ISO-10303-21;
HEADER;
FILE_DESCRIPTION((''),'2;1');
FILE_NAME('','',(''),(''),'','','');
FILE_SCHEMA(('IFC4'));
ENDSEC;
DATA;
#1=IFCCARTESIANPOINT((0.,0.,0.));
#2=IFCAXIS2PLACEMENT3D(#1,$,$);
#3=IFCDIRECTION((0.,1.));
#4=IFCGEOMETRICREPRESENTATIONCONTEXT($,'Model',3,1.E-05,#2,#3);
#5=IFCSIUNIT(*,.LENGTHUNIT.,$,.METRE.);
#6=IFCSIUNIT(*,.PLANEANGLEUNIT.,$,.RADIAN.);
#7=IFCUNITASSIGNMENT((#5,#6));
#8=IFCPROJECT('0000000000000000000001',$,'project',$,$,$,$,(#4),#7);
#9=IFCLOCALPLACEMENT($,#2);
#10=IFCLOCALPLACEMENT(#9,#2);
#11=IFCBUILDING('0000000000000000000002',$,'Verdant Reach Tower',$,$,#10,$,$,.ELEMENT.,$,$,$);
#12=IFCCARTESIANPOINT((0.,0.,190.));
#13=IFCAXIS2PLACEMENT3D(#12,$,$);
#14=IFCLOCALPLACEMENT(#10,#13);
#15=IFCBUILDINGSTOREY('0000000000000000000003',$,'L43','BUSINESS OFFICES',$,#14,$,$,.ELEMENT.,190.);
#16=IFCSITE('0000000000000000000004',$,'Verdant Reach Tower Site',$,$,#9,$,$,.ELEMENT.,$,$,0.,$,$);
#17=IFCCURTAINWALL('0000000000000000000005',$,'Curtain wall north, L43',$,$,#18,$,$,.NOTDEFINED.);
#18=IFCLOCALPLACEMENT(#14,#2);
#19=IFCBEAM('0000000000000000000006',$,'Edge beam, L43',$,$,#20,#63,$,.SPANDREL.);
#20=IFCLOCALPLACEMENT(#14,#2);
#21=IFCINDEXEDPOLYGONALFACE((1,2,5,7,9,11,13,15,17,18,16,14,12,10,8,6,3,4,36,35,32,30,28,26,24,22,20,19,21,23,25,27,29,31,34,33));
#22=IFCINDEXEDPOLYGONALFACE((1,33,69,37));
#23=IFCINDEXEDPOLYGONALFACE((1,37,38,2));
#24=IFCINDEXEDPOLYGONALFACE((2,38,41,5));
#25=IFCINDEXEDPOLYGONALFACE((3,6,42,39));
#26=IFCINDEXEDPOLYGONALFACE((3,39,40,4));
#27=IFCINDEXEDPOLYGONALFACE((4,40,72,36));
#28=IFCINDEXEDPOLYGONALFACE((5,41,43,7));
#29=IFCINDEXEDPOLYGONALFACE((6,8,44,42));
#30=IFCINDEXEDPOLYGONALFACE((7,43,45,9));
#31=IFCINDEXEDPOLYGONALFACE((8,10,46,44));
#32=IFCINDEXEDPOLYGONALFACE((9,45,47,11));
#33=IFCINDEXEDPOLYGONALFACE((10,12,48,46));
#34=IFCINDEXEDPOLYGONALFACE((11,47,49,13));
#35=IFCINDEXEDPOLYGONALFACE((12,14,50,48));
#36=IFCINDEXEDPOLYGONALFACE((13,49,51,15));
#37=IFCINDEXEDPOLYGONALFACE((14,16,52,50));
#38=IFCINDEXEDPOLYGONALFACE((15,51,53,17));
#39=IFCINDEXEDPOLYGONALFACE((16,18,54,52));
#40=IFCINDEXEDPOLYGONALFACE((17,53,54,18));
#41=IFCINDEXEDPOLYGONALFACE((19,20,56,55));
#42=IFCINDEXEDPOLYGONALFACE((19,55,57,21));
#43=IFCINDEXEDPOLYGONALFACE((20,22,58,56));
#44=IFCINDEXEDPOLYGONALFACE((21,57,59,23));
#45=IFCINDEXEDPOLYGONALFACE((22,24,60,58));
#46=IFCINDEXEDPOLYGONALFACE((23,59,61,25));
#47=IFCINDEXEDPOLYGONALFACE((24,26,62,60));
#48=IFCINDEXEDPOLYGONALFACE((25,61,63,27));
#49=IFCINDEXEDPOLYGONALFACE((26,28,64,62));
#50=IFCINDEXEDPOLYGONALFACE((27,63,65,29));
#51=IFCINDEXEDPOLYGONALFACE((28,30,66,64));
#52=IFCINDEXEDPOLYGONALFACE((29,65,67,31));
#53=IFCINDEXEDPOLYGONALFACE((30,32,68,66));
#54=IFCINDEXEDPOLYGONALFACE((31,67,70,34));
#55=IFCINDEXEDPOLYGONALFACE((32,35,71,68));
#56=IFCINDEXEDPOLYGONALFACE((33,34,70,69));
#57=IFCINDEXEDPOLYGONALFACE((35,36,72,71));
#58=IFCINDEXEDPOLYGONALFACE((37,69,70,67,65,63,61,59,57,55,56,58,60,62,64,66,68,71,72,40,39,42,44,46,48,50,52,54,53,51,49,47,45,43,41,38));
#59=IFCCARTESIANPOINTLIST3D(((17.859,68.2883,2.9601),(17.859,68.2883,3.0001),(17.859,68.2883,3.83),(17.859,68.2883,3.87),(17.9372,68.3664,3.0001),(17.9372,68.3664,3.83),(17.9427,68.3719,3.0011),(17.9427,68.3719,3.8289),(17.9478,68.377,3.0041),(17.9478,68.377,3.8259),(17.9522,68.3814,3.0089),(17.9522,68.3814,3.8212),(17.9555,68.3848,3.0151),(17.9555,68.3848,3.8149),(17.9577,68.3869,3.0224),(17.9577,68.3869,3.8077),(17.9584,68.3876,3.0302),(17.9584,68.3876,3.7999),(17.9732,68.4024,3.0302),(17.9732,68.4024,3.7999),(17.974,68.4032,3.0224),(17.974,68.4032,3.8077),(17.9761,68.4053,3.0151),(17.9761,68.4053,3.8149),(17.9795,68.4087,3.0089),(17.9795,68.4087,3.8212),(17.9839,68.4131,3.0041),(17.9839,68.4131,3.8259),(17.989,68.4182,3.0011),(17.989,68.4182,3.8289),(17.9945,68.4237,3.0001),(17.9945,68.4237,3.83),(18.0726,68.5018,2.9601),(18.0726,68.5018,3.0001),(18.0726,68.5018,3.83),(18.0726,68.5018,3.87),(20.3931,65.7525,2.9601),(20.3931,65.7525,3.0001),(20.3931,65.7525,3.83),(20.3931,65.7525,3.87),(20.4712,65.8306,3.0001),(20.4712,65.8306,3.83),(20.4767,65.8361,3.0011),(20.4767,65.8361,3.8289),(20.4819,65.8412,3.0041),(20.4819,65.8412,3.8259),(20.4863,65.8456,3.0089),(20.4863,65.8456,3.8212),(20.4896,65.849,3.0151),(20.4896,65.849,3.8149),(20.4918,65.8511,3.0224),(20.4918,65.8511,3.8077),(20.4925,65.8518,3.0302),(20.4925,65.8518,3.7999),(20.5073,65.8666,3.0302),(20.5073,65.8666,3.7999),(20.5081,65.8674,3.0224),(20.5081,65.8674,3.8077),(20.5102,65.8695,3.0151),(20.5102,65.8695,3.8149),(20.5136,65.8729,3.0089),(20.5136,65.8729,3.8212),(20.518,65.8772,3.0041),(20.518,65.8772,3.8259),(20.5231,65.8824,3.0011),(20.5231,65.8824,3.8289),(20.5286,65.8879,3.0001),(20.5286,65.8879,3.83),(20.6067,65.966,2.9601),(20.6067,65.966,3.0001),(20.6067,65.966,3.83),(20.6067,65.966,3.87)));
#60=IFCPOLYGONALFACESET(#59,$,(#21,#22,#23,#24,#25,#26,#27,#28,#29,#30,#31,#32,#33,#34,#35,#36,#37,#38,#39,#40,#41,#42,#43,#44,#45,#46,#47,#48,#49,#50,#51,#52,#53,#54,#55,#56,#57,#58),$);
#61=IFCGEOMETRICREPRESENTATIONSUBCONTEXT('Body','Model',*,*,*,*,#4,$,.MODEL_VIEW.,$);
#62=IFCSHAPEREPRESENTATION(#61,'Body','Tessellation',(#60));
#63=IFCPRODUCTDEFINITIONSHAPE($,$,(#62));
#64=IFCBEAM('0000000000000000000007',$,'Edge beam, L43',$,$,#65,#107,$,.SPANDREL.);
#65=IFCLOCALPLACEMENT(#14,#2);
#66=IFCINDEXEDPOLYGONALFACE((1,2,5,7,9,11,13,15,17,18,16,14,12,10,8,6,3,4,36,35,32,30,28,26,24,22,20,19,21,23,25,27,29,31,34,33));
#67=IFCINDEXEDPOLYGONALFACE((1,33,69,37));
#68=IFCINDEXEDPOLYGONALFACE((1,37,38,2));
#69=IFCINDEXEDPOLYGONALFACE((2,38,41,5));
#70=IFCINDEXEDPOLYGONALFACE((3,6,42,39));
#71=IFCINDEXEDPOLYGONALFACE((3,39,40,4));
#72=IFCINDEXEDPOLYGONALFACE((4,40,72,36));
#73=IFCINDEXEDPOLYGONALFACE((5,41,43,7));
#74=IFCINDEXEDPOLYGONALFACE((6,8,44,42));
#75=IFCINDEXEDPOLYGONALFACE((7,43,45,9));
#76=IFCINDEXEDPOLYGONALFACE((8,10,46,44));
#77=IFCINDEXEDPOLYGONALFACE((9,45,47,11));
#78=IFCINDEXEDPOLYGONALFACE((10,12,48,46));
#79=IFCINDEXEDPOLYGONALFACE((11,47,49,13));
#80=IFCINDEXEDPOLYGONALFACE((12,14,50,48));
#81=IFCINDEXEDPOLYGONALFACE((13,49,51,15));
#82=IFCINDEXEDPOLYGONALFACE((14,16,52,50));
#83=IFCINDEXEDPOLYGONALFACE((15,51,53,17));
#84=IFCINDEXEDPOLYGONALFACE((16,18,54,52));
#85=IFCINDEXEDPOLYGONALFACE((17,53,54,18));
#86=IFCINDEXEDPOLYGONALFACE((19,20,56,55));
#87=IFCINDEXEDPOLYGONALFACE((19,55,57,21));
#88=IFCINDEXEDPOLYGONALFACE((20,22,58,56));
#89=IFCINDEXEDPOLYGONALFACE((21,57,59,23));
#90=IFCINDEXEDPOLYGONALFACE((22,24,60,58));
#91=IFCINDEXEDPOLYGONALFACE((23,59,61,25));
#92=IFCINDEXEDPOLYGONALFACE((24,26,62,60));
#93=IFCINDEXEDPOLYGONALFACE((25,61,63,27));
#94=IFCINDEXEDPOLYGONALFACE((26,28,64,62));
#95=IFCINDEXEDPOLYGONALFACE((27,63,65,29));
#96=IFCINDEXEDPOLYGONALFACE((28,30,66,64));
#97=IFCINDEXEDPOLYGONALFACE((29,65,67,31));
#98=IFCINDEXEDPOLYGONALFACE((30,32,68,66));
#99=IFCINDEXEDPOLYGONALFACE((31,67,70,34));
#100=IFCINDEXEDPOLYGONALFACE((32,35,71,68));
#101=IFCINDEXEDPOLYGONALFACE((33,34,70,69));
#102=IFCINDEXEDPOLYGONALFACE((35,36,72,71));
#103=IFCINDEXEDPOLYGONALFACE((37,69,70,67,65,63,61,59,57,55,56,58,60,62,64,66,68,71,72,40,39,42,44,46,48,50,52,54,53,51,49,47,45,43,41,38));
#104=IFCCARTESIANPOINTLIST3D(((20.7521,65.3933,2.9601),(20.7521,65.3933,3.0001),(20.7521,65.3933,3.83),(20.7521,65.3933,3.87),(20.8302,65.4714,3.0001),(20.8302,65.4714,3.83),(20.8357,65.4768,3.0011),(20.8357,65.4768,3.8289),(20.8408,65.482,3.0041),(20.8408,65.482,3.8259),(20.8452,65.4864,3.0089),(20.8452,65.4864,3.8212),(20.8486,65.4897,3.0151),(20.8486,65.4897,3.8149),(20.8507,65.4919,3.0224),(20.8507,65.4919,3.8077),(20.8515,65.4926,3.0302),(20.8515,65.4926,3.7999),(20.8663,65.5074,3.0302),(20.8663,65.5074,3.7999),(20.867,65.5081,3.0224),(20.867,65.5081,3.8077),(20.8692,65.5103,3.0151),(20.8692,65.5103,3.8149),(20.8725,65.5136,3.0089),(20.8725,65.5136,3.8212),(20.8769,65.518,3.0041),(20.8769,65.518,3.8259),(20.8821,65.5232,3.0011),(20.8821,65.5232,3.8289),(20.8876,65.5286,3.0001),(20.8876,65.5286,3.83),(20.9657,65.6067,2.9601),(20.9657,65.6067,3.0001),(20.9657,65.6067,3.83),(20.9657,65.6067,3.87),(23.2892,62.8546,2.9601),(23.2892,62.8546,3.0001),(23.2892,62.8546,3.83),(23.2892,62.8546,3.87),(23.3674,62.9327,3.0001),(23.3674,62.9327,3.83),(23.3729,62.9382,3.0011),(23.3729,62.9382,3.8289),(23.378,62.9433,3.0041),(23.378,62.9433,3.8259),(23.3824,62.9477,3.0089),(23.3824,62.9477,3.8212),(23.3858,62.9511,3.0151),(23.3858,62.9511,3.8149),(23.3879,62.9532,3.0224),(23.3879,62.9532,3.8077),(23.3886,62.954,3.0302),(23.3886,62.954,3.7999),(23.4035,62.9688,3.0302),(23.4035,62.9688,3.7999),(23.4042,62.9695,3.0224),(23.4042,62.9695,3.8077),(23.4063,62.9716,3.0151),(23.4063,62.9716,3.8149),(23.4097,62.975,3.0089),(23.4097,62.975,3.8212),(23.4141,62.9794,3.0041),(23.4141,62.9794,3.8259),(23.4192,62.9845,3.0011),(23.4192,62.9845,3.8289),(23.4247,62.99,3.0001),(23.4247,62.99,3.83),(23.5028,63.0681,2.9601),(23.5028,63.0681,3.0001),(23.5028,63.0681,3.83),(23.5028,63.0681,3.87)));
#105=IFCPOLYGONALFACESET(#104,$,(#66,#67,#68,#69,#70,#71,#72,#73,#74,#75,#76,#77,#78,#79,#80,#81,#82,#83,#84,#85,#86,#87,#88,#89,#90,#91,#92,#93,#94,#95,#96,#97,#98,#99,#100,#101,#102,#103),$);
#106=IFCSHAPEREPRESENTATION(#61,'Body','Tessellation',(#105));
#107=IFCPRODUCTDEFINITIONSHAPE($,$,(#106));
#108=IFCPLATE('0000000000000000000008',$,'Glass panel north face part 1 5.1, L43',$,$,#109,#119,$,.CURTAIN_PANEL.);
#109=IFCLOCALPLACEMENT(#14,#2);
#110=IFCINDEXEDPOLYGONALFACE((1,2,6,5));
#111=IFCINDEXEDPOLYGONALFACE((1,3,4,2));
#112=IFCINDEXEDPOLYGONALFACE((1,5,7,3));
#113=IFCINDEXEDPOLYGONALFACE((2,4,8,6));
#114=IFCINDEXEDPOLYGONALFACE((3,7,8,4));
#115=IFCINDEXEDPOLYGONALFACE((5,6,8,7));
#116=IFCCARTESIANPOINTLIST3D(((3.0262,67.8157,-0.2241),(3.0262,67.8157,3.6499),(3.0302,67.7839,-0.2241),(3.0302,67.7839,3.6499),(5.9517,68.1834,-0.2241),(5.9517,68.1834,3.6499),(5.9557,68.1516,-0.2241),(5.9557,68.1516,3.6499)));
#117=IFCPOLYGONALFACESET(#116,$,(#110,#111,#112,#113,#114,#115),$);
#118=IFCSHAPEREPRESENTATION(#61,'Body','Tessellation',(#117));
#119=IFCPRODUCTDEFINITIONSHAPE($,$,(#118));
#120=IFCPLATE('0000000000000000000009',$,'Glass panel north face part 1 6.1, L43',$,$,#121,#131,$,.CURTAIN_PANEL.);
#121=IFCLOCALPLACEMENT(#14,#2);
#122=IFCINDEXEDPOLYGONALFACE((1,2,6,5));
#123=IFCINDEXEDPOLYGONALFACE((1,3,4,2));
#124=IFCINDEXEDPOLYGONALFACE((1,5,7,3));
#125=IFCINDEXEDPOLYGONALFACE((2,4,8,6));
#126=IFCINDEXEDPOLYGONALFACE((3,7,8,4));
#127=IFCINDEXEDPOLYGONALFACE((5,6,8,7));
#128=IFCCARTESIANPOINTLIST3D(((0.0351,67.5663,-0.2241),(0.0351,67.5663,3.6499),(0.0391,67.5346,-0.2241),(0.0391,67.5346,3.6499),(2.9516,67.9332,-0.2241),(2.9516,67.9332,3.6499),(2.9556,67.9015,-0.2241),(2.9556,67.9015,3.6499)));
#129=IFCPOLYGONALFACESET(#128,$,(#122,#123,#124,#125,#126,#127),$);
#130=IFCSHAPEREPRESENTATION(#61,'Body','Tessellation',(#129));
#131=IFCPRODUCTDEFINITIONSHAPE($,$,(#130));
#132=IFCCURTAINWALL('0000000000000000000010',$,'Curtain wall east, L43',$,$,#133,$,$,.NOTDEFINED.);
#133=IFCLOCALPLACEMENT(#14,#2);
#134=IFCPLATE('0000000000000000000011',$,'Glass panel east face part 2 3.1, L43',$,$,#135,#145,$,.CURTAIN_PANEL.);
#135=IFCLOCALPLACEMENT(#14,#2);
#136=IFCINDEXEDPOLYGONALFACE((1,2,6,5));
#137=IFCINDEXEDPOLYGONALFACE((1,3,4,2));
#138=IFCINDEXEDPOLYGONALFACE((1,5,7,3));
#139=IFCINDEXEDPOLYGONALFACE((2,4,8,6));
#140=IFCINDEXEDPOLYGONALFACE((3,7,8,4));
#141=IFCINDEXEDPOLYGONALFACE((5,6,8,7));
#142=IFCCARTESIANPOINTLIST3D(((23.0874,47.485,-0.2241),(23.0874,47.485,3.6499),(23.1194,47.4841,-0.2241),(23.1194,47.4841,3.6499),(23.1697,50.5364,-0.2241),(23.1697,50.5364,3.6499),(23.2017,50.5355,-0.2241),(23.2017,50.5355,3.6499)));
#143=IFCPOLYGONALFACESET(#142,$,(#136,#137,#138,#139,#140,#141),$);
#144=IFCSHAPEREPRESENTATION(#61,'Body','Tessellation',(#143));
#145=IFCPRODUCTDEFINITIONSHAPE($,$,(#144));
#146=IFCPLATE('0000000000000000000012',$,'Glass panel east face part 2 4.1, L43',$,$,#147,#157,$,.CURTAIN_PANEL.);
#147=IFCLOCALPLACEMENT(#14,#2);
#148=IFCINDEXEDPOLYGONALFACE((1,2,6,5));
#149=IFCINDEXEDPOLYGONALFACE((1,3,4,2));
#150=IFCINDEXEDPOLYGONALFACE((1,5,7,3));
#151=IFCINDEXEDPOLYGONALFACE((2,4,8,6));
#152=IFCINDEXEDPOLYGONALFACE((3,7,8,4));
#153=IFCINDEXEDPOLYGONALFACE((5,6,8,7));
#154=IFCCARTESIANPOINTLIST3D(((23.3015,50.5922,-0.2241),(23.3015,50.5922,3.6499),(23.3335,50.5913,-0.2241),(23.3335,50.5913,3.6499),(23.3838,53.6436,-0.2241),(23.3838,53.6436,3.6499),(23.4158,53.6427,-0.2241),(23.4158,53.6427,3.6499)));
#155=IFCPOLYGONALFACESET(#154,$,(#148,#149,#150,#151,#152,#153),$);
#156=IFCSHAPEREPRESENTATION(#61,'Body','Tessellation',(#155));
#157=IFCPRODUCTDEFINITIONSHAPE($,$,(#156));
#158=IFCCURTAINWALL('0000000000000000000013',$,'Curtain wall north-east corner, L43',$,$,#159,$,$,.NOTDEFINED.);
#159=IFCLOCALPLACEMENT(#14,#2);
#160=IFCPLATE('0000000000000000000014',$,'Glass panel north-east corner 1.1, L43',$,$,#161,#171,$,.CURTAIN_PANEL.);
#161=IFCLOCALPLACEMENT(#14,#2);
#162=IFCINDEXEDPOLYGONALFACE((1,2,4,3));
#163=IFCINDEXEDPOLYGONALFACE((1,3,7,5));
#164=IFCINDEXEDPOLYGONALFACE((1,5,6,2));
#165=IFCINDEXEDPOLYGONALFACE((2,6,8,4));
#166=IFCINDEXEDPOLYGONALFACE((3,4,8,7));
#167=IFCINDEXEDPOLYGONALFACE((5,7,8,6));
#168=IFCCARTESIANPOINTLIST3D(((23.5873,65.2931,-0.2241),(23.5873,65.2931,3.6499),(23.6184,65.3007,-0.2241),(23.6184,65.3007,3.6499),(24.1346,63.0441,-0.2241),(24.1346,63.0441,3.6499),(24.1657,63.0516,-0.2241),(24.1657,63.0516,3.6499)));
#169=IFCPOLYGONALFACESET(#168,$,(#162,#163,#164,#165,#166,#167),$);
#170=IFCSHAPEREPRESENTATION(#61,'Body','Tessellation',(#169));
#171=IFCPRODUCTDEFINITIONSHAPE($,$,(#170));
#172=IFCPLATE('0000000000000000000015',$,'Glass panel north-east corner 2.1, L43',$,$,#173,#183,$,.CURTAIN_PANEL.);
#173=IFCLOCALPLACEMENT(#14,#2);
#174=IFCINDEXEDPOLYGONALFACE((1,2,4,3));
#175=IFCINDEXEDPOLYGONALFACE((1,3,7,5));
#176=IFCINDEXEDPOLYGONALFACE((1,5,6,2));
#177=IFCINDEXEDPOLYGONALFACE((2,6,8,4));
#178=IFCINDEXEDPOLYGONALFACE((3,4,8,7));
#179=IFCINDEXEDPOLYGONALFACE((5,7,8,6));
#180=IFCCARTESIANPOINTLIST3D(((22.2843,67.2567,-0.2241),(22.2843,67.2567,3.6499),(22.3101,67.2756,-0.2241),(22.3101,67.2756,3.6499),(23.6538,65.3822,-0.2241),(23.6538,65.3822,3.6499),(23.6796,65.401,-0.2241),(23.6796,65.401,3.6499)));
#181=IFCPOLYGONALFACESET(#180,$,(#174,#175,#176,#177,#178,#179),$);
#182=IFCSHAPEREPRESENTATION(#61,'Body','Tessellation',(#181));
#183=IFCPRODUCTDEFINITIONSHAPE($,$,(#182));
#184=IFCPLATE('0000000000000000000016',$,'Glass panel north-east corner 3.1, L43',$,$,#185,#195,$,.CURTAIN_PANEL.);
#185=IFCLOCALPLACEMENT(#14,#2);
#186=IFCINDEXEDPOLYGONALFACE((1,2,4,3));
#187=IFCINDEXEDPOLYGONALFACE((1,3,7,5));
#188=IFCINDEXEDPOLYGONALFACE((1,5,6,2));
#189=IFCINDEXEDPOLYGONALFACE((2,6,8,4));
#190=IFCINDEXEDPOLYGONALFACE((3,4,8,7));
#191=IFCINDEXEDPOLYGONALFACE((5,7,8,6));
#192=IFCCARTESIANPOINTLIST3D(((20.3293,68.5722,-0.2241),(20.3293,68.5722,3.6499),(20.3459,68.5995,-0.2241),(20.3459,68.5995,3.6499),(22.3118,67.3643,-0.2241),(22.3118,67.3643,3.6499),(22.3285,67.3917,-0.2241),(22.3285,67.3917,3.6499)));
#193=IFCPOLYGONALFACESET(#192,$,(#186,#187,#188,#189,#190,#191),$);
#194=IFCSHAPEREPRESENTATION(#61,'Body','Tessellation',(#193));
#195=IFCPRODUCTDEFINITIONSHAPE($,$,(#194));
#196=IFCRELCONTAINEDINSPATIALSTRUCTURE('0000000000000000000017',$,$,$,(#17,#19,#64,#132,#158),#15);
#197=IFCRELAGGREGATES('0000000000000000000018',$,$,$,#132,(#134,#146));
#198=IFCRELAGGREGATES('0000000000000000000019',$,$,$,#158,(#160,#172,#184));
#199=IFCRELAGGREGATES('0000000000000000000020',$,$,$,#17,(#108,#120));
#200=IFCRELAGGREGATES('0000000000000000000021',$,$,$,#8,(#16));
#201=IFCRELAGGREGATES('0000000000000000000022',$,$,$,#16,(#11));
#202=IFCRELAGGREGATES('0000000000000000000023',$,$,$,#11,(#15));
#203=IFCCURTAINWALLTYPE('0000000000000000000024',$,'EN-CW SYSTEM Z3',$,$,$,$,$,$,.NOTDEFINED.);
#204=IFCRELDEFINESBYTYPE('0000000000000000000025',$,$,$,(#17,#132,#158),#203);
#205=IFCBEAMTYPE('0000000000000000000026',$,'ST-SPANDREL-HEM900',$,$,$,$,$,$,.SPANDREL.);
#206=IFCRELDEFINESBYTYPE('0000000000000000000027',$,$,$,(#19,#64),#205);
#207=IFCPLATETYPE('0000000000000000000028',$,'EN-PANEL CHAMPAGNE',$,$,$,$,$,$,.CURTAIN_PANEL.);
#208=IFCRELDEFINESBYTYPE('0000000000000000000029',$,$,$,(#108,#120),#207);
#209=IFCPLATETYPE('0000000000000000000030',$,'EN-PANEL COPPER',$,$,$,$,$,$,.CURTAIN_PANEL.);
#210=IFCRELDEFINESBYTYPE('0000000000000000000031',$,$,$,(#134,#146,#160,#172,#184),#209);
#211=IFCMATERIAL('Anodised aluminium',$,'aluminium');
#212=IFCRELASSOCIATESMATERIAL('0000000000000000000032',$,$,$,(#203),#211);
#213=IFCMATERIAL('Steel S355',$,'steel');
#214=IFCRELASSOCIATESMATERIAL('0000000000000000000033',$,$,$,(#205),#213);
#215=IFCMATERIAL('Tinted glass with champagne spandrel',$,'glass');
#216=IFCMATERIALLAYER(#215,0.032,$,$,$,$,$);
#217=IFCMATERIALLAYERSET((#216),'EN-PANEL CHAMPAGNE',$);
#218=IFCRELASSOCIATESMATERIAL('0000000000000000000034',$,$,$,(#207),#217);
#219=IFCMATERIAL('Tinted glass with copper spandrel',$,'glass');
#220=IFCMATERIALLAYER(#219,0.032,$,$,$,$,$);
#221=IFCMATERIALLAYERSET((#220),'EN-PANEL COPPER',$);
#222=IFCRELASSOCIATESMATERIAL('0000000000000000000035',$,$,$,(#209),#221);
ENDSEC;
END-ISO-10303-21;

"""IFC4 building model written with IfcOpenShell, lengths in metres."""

from ifc_helpers import new_model, si_unit, direction, frame, origin, origin_2d, place, context, subcontext, project, spatial, rectangle, i_section, extrude, material, layer, layer_set, material_profile, profile_set, type_object, element, aggregate, save


model = new_model("IFC4")

# Units and contexts
model_context = context("Model", 3, precision=1e-05, world=origin(), true_north=direction((0.0, 1.0)))
body_context = subcontext(model_context, "Body", "Model", "MODEL_VIEW")
ifc_project = project(units=[si_unit("LENGTHUNIT", "METRE"), si_unit("PLANEANGLEUNIT", "RADIAN")], contexts=[model_context])

# Site, building, storey
site_placement = place(None, origin())
site = spatial("IfcSite", under=ifc_project, at=site_placement, Name="Verdant Reach Tower Site", CompositionType="ELEMENT", RefElevation=0.0)
building_placement = place(site_placement, origin())
building = spatial("IfcBuilding", under=site, at=building_placement, Name="Verdant Reach Tower", CompositionType="ELEMENT")
storey_placement = place(building_placement, frame((0.0, 0.0, 190.0)))
storey = spatial("IfcBuildingStorey", under=building, at=storey_placement, Name="L43", Description="BUSINESS OFFICES", CompositionType="ELEMENT", Elevation=190.0)

# Curtain wall
ifc_material_1 = material(Name="Anodised aluminium", Category="aluminium")
curtain_wall_type = type_object("IfcCurtainWallType", Name="EN-CW SYSTEM Z3", PredefinedType="NOTDEFINED", material=ifc_material_1)
curtain_wall_1_placement = place(storey_placement, origin())
curtain_wall_1 = element("IfcCurtainWall", 1, at=curtain_wall_1_placement, inside=storey, type_object=curtain_wall_type, Name="Curtain wall north, L43", PredefinedType="NOTDEFINED")

# Beams
ifc_material_2 = material(Name="Steel S355", Category="steel")
ifc_material_profile_1 = material_profile(ifc_material_2, i_section(OverallWidth=0.302, OverallDepth=0.9099, WebThickness=0.021, FlangeThickness=0.04, FilletRadius=0.03, at=origin_2d()), Name="HEM 900")
ifc_profile_set_1 = profile_set([ifc_material_profile_1], Name="Steel S355")
beam_type_1 = type_object("IfcBeamType", Name="ST-SPANDREL-HEM900", PredefinedType="SPANDREL", material=ifc_profile_set_1)
beam_1_placement = place(storey_placement, frame((17.9658, 68.395, 3.415), z_axis=(0.706868, -0.707345, 0.0), x_axis=(0.707345, 0.706868, 0.0)))
element("IfcBeam", 2, at=beam_1_placement, inside=storey, type_object=beam_type_1, Name="Edge beam, L43", PredefinedType="SPANDREL", context=body_context, shape_type="SweptSolid", body=[
    extrude(i_section(OverallWidth=0.302, OverallDepth=0.9099, WebThickness=0.021, FlangeThickness=0.04, FilletRadius=0.03, at=origin_2d()), origin(), (0.0, 0.0, 1.0), 3.585),
])
beam_2_placement = place(storey_placement, frame((20.8589, 65.5, 3.415), z_axis=(0.706903, -0.707311, 0.0), x_axis=(0.707311, 0.706903, 0.0)))
element("IfcBeam", 3, at=beam_2_placement, inside=storey, type_object=beam_type_1, Name="Edge beam, L43", PredefinedType="SPANDREL", context=body_context, shape_type="SweptSolid", body=[
    extrude(i_section(OverallWidth=0.302, OverallDepth=0.9099, WebThickness=0.021, FlangeThickness=0.04, FilletRadius=0.03, at=origin_2d()), origin(), (0.0, 0.0, 1.0), 3.5891),
])

# Plates
ifc_material_3 = material(Name="Tinted glass with champagne spandrel", Category="glass")
ifc_layer_1 = layer(ifc_material_3, 0.032)
ifc_layer_set_1 = layer_set([ifc_layer_1], Name="EN-PANEL CHAMPAGNE")
plate_type_1 = type_object("IfcPlateType", Name="EN-PANEL CHAMPAGNE", PredefinedType="CURTAIN_PANEL", material=ifc_layer_set_1)
plate_1_placement = place(storey_placement, frame((4.491, 67.9836, -0.2241), z_axis=(0.0, 0.0, 1.0), x_axis=(-0.992194, -0.124704, 0.0)))
plate_1 = element("IfcPlate", 4, at=plate_1_placement, type_object=plate_type_1, Name="Glass panel north face part 1 5.1, L43", PredefinedType="CURTAIN_PANEL", context=body_context, shape_type="SweptSolid", body=[
    extrude(rectangle(XDim=2.9485, YDim=0.032, at=origin_2d()), origin(), (0.0, 0.0, 1.0), 3.874),
])
plate_2_placement = place(storey_placement, frame((1.4954, 67.7339, -0.2241), z_axis=(0.0, 0.0, 1.0), x_axis=(-0.992178, -0.124828, 0.0)))
plate_2 = element("IfcPlate", 5, at=plate_2_placement, type_object=plate_type_1, Name="Glass panel north face part 1 6.1, L43", PredefinedType="CURTAIN_PANEL", context=body_context, shape_type="SweptSolid", body=[
    extrude(rectangle(XDim=2.9395, YDim=0.032, at=origin_2d()), origin(), (0.0, 0.0, 1.0), 3.874),
])

# Curtain walls, plates
curtain_wall_2_placement = place(storey_placement, origin())
curtain_wall_2 = element("IfcCurtainWall", 6, at=curtain_wall_2_placement, inside=storey, type_object=curtain_wall_type, Name="Curtain wall east, L43", PredefinedType="NOTDEFINED")
ifc_material_4 = material(Name="Tinted glass with copper spandrel", Category="glass")
ifc_layer_2 = layer(ifc_material_4, 0.032)
ifc_layer_set_2 = layer_set([ifc_layer_2], Name="EN-PANEL COPPER")
plate_type_2 = type_object("IfcPlateType", Name="EN-PANEL COPPER", PredefinedType="CURTAIN_PANEL", material=ifc_layer_set_2)
plate_3_placement = place(storey_placement, frame((23.1445, 49.0103, -0.2241), z_axis=(0.0, 0.0, 1.0), x_axis=(0.026965, 0.999636, 0.0)))
plate_3 = element("IfcPlate", 7, at=plate_3_placement, type_object=plate_type_2, Name="Glass panel east face part 2 3.1, L43", PredefinedType="CURTAIN_PANEL", context=body_context, shape_type="SweptSolid", body=[
    extrude(rectangle(XDim=3.0525, YDim=0.032, at=origin_2d()), origin(), (0.0, 0.0, 1.0), 3.874),
])
plate_4_placement = place(storey_placement, frame((23.3586, 52.1174, -0.2241), z_axis=(0.0, 0.0, 1.0), x_axis=(0.026965, 0.999636, 0.0)))
plate_4 = element("IfcPlate", 8, at=plate_4_placement, type_object=plate_type_2, Name="Glass panel east face part 2 4.1, L43", PredefinedType="CURTAIN_PANEL", context=body_context, shape_type="SweptSolid", body=[
    extrude(rectangle(XDim=3.0525, YDim=0.032, at=origin_2d()), origin(), (0.0, 0.0, 1.0), 3.874),
])
curtain_wall_3_placement = place(storey_placement, origin())
curtain_wall_3 = element("IfcCurtainWall", 9, at=curtain_wall_3_placement, inside=storey, type_object=curtain_wall_type, Name="Curtain wall north-east corner, L43", PredefinedType="NOTDEFINED")
plate_5_placement = place(storey_placement, frame((23.8765, 64.1724, -0.2241), z_axis=(0.0, 0.0, 1.0), x_axis=(-0.236446, 0.971645, 0.0)))
plate_5 = element("IfcPlate", 10, at=plate_5_placement, type_object=plate_type_2, Name="Glass panel north-east corner 1.1, L43", PredefinedType="CURTAIN_PANEL", context=body_context, shape_type="SweptSolid", body=[
    extrude(rectangle(XDim=2.3147, YDim=0.032, at=origin_2d()), origin(), (0.0, 0.0, 1.0), 3.874),
])
plate_6_placement = place(storey_placement, frame((22.9819, 66.3289, -0.2241), z_axis=(0.0, 0.0, 1.0), x_axis=(-0.589927, 0.807457, 0.0)))
plate_6 = element("IfcPlate", 11, at=plate_6_placement, type_object=plate_type_2, Name="Glass panel north-east corner 2.1, L43", PredefinedType="CURTAIN_PANEL", context=body_context, shape_type="SweptSolid", body=[
    extrude(rectangle(XDim=2.3215, YDim=0.032, at=origin_2d()), origin(), (0.0, 0.0, 1.0), 3.874),
])
plate_7_placement = place(storey_placement, frame((21.3289, 67.9819, -0.2241), z_axis=(0.0, 0.0, 1.0), x_axis=(-0.853989, 0.520292, 0.0)))
plate_7 = element("IfcPlate", 12, at=plate_7_placement, type_object=plate_type_2, Name="Glass panel north-east corner 3.1, L43", PredefinedType="CURTAIN_PANEL", context=body_context, shape_type="SweptSolid", body=[
    extrude(rectangle(XDim=2.3215, YDim=0.032, at=origin_2d()), origin(), (0.0, 0.0, 1.0), 3.874),
])

aggregate(curtain_wall_2, [plate_3, plate_4])
aggregate(curtain_wall_3, [plate_5, plate_6, plate_7])
aggregate(curtain_wall_1, [plate_1, plate_2])

save(model, "model.ifc")
